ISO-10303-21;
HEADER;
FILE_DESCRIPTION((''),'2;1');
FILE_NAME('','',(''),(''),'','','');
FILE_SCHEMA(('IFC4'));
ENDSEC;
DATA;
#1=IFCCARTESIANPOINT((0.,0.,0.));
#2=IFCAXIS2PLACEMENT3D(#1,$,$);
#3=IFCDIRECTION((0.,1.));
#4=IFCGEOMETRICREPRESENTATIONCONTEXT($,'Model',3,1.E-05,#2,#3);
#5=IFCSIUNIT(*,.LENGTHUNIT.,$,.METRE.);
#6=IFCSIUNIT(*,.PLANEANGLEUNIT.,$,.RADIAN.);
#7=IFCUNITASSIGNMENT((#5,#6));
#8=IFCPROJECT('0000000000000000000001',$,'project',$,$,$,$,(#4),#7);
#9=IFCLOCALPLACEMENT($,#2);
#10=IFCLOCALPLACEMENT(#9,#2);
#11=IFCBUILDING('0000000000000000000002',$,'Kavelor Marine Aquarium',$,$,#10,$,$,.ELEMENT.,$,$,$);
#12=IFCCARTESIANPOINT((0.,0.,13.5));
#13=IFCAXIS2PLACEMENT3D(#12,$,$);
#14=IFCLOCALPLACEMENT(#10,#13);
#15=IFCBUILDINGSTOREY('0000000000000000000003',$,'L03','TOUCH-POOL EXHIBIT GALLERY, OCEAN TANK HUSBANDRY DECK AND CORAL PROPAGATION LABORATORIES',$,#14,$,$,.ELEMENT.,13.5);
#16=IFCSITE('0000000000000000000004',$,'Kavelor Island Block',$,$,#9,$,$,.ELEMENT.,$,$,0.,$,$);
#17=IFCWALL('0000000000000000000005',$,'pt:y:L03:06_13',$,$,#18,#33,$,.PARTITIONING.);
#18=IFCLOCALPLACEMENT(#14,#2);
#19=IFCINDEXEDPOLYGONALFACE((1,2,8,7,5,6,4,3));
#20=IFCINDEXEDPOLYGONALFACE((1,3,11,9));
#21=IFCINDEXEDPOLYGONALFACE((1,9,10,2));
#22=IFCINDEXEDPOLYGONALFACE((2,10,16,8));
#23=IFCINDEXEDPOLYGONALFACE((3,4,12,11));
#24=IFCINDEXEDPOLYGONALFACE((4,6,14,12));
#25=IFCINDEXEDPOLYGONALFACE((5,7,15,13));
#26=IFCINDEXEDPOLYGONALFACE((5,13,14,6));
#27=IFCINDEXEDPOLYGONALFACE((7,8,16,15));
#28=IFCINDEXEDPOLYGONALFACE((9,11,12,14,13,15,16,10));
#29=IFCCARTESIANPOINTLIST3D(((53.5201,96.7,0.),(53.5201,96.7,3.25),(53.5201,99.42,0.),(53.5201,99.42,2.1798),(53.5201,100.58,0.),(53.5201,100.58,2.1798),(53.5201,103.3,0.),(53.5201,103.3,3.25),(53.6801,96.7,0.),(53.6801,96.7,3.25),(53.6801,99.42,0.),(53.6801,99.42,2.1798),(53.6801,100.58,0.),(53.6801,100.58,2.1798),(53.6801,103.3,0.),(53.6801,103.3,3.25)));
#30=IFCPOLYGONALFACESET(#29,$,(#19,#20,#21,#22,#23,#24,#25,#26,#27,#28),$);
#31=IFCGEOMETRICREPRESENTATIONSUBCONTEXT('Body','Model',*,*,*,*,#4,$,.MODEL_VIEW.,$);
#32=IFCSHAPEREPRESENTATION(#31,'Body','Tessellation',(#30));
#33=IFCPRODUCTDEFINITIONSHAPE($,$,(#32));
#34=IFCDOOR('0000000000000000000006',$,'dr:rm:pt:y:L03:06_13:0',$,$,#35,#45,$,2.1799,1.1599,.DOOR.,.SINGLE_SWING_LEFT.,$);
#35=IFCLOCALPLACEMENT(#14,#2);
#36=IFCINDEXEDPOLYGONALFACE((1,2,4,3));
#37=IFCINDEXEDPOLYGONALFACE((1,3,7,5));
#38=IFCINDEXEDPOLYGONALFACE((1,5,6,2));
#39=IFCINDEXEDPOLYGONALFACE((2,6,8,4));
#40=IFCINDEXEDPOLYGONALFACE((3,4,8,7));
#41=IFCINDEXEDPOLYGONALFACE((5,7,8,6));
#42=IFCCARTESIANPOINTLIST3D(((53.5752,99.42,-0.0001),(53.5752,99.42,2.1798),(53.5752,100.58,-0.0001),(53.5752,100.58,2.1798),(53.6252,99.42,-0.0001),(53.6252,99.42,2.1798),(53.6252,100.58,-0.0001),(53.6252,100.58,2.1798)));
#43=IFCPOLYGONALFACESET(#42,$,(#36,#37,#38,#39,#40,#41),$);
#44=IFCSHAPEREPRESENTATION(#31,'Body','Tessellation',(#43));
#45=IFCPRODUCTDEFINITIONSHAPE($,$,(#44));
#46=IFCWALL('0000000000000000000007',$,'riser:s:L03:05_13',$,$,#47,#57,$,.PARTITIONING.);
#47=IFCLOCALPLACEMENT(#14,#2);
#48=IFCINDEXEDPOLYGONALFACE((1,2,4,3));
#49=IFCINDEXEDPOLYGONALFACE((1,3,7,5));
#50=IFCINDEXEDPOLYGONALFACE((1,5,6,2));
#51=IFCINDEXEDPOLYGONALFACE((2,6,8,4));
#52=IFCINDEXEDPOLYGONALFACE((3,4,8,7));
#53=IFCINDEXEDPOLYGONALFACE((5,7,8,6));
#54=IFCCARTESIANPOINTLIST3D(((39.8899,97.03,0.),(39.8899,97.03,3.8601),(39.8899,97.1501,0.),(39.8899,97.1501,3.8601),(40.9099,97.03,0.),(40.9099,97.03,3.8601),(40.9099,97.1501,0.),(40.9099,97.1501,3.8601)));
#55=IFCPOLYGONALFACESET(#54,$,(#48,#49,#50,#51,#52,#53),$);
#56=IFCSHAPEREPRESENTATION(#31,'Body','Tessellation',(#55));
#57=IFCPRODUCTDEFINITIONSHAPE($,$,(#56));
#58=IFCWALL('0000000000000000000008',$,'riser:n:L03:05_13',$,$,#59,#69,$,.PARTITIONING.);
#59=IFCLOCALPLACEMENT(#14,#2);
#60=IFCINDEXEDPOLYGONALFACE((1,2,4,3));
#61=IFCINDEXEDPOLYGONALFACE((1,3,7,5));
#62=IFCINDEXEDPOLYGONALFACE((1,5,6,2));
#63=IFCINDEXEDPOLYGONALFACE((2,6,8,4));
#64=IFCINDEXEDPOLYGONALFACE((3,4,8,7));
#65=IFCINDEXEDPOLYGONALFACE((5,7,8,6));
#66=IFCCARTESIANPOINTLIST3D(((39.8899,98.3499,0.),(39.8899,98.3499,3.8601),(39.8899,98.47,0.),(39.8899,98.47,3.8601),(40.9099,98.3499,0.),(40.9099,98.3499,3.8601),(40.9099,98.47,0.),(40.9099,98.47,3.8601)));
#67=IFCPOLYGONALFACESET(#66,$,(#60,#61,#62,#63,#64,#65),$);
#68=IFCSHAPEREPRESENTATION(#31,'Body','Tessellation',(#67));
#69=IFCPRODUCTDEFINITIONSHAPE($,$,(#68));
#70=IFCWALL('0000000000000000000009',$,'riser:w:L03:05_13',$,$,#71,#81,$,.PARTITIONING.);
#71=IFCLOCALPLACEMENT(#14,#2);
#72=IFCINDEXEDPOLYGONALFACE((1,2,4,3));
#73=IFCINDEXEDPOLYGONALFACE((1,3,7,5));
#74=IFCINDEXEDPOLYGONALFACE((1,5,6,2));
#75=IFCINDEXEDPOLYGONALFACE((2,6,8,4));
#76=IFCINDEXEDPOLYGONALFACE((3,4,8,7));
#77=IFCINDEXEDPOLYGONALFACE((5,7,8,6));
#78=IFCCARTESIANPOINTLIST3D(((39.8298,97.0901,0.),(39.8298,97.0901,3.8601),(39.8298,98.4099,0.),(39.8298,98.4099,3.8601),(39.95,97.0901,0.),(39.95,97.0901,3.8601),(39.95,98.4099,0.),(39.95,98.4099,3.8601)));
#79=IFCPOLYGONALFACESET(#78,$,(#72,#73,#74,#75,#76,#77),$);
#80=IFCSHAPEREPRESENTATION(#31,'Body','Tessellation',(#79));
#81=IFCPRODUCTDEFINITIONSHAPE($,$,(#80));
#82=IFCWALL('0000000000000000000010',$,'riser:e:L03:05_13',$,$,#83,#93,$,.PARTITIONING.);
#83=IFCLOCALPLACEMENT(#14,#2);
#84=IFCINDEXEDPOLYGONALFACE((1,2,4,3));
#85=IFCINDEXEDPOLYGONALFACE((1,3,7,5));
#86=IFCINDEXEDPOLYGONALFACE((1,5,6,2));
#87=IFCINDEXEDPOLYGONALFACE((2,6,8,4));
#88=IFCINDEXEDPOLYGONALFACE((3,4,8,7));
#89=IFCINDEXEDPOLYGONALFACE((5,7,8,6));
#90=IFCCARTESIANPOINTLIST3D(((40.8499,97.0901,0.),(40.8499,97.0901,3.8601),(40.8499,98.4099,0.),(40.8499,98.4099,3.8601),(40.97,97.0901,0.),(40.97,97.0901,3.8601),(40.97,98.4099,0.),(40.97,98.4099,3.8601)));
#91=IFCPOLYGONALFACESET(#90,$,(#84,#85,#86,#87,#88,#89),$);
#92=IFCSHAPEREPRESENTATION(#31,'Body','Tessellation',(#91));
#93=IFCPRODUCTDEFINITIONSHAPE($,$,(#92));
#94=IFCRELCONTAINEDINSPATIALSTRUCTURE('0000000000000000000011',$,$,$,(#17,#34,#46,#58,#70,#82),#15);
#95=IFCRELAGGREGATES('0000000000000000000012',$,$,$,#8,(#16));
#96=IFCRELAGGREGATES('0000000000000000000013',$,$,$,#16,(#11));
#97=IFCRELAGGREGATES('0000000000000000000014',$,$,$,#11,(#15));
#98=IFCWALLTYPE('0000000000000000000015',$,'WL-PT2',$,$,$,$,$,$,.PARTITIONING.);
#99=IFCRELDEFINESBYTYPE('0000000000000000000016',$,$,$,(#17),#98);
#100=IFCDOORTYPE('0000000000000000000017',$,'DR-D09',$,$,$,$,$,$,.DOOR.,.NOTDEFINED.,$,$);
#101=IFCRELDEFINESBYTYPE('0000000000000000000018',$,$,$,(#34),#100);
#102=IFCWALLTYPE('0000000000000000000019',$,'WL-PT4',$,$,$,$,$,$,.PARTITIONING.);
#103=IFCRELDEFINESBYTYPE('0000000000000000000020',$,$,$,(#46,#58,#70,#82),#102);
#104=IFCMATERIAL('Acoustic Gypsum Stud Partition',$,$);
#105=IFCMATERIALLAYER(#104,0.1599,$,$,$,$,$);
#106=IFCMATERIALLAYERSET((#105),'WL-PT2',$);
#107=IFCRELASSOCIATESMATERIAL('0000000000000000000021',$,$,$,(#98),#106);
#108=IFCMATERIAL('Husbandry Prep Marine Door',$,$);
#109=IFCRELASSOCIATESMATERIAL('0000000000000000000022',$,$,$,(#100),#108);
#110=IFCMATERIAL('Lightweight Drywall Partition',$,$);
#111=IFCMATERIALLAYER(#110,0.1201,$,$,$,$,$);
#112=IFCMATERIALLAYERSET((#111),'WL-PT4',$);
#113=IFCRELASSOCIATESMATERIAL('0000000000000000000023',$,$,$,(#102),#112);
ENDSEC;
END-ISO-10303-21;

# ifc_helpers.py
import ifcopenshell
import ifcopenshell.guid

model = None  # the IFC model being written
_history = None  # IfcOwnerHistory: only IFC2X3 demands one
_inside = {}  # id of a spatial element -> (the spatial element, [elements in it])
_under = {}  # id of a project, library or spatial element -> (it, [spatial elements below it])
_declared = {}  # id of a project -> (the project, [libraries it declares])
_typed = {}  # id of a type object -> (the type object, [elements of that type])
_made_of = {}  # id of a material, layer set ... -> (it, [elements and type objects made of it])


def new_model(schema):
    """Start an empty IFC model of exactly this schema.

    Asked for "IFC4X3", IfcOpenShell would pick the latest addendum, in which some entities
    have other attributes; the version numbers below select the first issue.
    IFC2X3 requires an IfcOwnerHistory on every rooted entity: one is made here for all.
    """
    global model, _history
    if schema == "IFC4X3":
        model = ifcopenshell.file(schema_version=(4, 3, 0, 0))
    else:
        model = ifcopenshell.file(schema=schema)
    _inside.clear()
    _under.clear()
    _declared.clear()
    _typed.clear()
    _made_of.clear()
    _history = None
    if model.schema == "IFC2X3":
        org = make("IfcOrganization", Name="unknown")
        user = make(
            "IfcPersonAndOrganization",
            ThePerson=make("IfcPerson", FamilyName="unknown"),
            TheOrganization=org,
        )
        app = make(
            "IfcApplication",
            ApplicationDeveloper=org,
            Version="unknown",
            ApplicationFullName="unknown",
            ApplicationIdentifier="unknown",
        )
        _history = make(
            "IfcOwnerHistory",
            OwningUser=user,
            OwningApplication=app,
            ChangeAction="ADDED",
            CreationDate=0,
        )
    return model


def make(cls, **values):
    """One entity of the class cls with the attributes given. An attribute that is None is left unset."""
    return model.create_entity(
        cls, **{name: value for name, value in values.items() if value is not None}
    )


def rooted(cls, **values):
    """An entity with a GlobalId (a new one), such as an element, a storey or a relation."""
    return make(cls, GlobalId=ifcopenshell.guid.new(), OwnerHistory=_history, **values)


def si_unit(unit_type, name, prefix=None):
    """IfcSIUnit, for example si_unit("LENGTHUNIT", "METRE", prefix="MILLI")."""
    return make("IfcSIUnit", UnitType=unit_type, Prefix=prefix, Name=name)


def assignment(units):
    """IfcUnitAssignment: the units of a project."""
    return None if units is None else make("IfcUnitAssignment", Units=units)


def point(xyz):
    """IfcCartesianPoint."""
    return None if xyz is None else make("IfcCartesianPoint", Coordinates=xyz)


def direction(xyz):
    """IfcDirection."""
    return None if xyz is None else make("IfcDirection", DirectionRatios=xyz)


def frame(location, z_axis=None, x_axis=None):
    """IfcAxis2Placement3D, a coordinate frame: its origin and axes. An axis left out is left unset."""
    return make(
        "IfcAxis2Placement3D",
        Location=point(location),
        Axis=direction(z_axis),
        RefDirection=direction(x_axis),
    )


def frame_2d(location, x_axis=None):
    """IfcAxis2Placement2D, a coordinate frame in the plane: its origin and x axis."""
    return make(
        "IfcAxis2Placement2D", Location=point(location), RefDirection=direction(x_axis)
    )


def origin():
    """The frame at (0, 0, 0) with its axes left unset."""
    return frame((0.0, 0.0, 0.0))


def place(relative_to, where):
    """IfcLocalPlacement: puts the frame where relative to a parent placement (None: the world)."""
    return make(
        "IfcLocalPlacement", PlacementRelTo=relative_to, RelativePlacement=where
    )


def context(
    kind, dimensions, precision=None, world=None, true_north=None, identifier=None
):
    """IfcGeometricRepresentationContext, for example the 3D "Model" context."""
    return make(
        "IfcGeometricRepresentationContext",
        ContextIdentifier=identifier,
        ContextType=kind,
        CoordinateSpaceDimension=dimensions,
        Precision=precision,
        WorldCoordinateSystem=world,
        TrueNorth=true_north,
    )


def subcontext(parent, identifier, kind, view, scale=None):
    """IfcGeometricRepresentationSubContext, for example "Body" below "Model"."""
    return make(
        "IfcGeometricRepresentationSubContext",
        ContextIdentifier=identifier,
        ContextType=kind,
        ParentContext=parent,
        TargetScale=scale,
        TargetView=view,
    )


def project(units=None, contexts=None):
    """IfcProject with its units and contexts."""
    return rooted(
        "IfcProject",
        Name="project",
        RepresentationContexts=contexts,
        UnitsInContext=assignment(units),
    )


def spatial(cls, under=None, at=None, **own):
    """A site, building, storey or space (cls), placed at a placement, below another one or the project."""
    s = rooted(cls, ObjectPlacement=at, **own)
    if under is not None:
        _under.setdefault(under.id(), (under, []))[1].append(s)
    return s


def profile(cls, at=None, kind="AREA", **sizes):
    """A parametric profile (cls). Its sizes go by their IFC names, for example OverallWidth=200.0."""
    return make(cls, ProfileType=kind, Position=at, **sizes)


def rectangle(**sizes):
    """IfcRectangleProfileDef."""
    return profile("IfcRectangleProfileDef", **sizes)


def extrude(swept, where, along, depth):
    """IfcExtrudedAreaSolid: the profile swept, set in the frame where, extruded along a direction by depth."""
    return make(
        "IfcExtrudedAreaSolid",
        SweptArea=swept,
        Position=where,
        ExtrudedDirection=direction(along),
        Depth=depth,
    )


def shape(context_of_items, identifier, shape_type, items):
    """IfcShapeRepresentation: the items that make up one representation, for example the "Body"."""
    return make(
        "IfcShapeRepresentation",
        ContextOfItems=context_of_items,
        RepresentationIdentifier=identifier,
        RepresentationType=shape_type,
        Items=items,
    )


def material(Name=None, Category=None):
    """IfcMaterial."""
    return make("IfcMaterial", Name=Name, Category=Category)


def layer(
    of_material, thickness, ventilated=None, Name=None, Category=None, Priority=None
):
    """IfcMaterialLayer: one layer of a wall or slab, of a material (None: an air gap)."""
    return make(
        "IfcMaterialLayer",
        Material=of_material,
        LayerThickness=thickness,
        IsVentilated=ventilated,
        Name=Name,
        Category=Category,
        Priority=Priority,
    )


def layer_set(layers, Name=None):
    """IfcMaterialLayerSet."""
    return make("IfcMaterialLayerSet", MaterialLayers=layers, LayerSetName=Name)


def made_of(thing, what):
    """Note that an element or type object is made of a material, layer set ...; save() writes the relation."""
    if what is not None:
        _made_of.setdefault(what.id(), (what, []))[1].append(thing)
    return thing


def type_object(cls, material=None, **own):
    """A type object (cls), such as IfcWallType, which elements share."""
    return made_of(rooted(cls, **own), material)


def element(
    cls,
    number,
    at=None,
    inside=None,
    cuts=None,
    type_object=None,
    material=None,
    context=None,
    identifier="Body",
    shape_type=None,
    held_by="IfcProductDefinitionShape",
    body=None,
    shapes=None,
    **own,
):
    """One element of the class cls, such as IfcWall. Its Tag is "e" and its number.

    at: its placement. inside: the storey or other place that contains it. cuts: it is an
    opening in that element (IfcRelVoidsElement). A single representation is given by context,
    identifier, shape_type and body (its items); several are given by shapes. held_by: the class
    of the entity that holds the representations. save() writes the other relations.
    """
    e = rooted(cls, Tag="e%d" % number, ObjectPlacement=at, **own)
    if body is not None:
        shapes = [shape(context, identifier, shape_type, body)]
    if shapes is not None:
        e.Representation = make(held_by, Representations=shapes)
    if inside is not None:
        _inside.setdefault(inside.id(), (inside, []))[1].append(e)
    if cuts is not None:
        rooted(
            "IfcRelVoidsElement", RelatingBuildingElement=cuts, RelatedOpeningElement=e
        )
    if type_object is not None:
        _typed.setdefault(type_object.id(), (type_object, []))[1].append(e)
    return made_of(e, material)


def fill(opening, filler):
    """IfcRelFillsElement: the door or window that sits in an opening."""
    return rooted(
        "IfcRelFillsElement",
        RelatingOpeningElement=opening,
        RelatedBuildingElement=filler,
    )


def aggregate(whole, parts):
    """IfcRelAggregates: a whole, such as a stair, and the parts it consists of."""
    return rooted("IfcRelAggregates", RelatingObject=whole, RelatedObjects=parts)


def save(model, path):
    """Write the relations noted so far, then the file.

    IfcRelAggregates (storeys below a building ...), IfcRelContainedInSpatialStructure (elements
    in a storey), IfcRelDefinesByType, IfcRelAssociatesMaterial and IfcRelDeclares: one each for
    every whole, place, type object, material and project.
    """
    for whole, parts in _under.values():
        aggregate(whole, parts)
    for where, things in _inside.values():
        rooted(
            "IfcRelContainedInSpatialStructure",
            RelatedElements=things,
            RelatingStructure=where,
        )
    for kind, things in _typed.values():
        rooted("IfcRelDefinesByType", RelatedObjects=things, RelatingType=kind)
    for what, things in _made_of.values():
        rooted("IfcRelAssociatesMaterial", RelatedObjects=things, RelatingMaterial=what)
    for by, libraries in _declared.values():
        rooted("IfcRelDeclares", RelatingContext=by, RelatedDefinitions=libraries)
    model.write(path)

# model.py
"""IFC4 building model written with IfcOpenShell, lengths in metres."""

from ifc_helpers import new_model, si_unit, direction, frame, frame_2d, origin, place, context, subcontext, project, spatial, rectangle, extrude, material, layer, layer_set, type_object, element, fill, save


model = new_model("IFC4")

# Units and contexts
model_context = context("Model", 3, precision=1e-05, world=origin(), true_north=direction((0.0, 1.0)))
body_context = subcontext(model_context, "Body", "Model", "MODEL_VIEW")
ifc_project = project(units=[si_unit("LENGTHUNIT", "METRE"), si_unit("PLANEANGLEUNIT", "RADIAN")], contexts=[model_context])

# Site, building, storey
site_placement = place(None, origin())
site = spatial("IfcSite", under=ifc_project, at=site_placement, Name="Kavelor Island Block", CompositionType="ELEMENT", RefElevation=0.0)
building_placement = place(site_placement, origin())
building = spatial("IfcBuilding", under=site, at=building_placement, Name="Kavelor Marine Aquarium", CompositionType="ELEMENT")
storey_placement = place(building_placement, frame((0.0, 0.0, 13.5)))
storey = spatial("IfcBuildingStorey", under=building, at=storey_placement, Name="L03", Description="TOUCH-POOL EXHIBIT GALLERY, OCEAN TANK HUSBANDRY DECK AND CORAL PROPAGATION LABORATORIES", CompositionType="ELEMENT", Elevation=13.5)

# Shared definitions
ifc_material_1 = material(Name="Acoustic Gypsum Stud Partition")
ifc_layer_1 = layer(ifc_material_1, 0.1599)
ifc_layer_set_1 = layer_set([ifc_layer_1], Name="WL-PT2")
wall_type_1 = type_object("IfcWallType", Name="WL-PT2", PredefinedType="PARTITIONING", material=ifc_layer_set_1)

# Wall, opening, door
wall_1_placement = place(storey_placement, frame((53.6001, 96.7, 0.0), z_axis=(0.0, 0.0, 1.0), x_axis=(0.0, 1.0, 0.0)))
wall_1 = element("IfcWall", 1, at=wall_1_placement, inside=storey, type_object=wall_type_1, Name="pt:y:L03:06_13", PredefinedType="PARTITIONING", context=body_context, shape_type="SweptSolid", body=[
    extrude(rectangle(XDim=6.6001, YDim=0.1599, at=frame_2d((3.3, 0.0))), origin(), (0.0, 0.0, 1.0), 3.25),
])
opening_1_placement = place(wall_1_placement, frame((2.72, 0.0, 0.0)))
opening_1 = element("IfcOpeningElement", 2, at=opening_1_placement, cuts=wall_1, PredefinedType="OPENING", context=body_context, shape_type="SweptSolid", body=[
    extrude(rectangle(XDim=1.1599, YDim=2.1799, at=frame_2d((0.5801, 1.0898))), frame((0.0, 0.0898, 0.0), z_axis=(0.0, -1.0, 0.0), x_axis=(1.0, 0.0, 0.0)), (0.0, 0.0, 1.0), 0.1799),
])
ifc_material_2 = material(Name="Husbandry Prep Marine Door")
door_type_1 = type_object("IfcDoorType", Name="DR-D09", OperationType="NOTDEFINED", PredefinedType="DOOR", material=ifc_material_2)
door_1_placement = place(opening_1_placement, origin())
door_1 = element("IfcDoor", 3, at=door_1_placement, inside=storey, type_object=door_type_1, Name="dr:rm:pt:y:L03:06_13:0", OperationType="SINGLE_SWING_LEFT", OverallHeight=2.1799, OverallWidth=1.1599, PredefinedType="DOOR", context=body_context, shape_type="SweptSolid", body=[
    extrude(rectangle(XDim=1.1599, YDim=2.1799, at=frame_2d((0.5801, 1.0898))), frame((0.0, 0.0249, 0.0), z_axis=(0.0, -1.0, 0.0), x_axis=(1.0, 0.0, 0.0)), (0.0, 0.0, 1.0), 0.05),
])
fill(opening_1, door_1)

# Walls
ifc_material_3 = material(Name="Lightweight Drywall Partition")
ifc_layer_2 = layer(ifc_material_3, 0.1201)
ifc_layer_set_2 = layer_set([ifc_layer_2], Name="WL-PT4")
wall_type_2 = type_object("IfcWallType", Name="WL-PT4", PredefinedType="PARTITIONING", material=ifc_layer_set_2)
for number, where, z_axis, x_axis, name in (
    (4, (39.8899, 97.0901, 0.0), (0.0, 0.0, 1.0), (1.0, 0.0, 0.0), "riser:s:L03:05_13"),
    (5, (39.8899, 98.4099, 0.0), (0.0, 0.0, 1.0), (1.0, 0.0, 0.0), "riser:n:L03:05_13"),
):
    element("IfcWall", number, at=place(storey_placement, frame(where, z_axis=z_axis, x_axis=x_axis)), inside=storey, type_object=wall_type_2, Name=name, PredefinedType="PARTITIONING", context=body_context, shape_type="SweptSolid", body=[
        extrude(rectangle(XDim=1.02, YDim=0.1201, at=frame_2d((0.51, 0.0))), origin(), (0.0, 0.0, 1.0), 3.8601),
    ])
for number, where, z_axis, x_axis, name in (
    (6, (39.8899, 97.0901, 0.0), (0.0, 0.0, 1.0), (0.0, 1.0, 0.0), "riser:w:L03:05_13"),
    (7, (40.9099, 97.0901, 0.0), (0.0, 0.0, 1.0), (0.0, 1.0, 0.0), "riser:e:L03:05_13"),
):
    element("IfcWall", number, at=place(storey_placement, frame(where, z_axis=z_axis, x_axis=x_axis)), inside=storey, type_object=wall_type_2, Name=name, PredefinedType="PARTITIONING", context=body_context, shape_type="SweptSolid", body=[
        extrude(rectangle(XDim=1.3198, YDim=0.1201, at=frame_2d((0.6599, 0.0))), origin(), (0.0, 0.0, 1.0), 3.8601),
    ])

save(model, "model.ifc")
